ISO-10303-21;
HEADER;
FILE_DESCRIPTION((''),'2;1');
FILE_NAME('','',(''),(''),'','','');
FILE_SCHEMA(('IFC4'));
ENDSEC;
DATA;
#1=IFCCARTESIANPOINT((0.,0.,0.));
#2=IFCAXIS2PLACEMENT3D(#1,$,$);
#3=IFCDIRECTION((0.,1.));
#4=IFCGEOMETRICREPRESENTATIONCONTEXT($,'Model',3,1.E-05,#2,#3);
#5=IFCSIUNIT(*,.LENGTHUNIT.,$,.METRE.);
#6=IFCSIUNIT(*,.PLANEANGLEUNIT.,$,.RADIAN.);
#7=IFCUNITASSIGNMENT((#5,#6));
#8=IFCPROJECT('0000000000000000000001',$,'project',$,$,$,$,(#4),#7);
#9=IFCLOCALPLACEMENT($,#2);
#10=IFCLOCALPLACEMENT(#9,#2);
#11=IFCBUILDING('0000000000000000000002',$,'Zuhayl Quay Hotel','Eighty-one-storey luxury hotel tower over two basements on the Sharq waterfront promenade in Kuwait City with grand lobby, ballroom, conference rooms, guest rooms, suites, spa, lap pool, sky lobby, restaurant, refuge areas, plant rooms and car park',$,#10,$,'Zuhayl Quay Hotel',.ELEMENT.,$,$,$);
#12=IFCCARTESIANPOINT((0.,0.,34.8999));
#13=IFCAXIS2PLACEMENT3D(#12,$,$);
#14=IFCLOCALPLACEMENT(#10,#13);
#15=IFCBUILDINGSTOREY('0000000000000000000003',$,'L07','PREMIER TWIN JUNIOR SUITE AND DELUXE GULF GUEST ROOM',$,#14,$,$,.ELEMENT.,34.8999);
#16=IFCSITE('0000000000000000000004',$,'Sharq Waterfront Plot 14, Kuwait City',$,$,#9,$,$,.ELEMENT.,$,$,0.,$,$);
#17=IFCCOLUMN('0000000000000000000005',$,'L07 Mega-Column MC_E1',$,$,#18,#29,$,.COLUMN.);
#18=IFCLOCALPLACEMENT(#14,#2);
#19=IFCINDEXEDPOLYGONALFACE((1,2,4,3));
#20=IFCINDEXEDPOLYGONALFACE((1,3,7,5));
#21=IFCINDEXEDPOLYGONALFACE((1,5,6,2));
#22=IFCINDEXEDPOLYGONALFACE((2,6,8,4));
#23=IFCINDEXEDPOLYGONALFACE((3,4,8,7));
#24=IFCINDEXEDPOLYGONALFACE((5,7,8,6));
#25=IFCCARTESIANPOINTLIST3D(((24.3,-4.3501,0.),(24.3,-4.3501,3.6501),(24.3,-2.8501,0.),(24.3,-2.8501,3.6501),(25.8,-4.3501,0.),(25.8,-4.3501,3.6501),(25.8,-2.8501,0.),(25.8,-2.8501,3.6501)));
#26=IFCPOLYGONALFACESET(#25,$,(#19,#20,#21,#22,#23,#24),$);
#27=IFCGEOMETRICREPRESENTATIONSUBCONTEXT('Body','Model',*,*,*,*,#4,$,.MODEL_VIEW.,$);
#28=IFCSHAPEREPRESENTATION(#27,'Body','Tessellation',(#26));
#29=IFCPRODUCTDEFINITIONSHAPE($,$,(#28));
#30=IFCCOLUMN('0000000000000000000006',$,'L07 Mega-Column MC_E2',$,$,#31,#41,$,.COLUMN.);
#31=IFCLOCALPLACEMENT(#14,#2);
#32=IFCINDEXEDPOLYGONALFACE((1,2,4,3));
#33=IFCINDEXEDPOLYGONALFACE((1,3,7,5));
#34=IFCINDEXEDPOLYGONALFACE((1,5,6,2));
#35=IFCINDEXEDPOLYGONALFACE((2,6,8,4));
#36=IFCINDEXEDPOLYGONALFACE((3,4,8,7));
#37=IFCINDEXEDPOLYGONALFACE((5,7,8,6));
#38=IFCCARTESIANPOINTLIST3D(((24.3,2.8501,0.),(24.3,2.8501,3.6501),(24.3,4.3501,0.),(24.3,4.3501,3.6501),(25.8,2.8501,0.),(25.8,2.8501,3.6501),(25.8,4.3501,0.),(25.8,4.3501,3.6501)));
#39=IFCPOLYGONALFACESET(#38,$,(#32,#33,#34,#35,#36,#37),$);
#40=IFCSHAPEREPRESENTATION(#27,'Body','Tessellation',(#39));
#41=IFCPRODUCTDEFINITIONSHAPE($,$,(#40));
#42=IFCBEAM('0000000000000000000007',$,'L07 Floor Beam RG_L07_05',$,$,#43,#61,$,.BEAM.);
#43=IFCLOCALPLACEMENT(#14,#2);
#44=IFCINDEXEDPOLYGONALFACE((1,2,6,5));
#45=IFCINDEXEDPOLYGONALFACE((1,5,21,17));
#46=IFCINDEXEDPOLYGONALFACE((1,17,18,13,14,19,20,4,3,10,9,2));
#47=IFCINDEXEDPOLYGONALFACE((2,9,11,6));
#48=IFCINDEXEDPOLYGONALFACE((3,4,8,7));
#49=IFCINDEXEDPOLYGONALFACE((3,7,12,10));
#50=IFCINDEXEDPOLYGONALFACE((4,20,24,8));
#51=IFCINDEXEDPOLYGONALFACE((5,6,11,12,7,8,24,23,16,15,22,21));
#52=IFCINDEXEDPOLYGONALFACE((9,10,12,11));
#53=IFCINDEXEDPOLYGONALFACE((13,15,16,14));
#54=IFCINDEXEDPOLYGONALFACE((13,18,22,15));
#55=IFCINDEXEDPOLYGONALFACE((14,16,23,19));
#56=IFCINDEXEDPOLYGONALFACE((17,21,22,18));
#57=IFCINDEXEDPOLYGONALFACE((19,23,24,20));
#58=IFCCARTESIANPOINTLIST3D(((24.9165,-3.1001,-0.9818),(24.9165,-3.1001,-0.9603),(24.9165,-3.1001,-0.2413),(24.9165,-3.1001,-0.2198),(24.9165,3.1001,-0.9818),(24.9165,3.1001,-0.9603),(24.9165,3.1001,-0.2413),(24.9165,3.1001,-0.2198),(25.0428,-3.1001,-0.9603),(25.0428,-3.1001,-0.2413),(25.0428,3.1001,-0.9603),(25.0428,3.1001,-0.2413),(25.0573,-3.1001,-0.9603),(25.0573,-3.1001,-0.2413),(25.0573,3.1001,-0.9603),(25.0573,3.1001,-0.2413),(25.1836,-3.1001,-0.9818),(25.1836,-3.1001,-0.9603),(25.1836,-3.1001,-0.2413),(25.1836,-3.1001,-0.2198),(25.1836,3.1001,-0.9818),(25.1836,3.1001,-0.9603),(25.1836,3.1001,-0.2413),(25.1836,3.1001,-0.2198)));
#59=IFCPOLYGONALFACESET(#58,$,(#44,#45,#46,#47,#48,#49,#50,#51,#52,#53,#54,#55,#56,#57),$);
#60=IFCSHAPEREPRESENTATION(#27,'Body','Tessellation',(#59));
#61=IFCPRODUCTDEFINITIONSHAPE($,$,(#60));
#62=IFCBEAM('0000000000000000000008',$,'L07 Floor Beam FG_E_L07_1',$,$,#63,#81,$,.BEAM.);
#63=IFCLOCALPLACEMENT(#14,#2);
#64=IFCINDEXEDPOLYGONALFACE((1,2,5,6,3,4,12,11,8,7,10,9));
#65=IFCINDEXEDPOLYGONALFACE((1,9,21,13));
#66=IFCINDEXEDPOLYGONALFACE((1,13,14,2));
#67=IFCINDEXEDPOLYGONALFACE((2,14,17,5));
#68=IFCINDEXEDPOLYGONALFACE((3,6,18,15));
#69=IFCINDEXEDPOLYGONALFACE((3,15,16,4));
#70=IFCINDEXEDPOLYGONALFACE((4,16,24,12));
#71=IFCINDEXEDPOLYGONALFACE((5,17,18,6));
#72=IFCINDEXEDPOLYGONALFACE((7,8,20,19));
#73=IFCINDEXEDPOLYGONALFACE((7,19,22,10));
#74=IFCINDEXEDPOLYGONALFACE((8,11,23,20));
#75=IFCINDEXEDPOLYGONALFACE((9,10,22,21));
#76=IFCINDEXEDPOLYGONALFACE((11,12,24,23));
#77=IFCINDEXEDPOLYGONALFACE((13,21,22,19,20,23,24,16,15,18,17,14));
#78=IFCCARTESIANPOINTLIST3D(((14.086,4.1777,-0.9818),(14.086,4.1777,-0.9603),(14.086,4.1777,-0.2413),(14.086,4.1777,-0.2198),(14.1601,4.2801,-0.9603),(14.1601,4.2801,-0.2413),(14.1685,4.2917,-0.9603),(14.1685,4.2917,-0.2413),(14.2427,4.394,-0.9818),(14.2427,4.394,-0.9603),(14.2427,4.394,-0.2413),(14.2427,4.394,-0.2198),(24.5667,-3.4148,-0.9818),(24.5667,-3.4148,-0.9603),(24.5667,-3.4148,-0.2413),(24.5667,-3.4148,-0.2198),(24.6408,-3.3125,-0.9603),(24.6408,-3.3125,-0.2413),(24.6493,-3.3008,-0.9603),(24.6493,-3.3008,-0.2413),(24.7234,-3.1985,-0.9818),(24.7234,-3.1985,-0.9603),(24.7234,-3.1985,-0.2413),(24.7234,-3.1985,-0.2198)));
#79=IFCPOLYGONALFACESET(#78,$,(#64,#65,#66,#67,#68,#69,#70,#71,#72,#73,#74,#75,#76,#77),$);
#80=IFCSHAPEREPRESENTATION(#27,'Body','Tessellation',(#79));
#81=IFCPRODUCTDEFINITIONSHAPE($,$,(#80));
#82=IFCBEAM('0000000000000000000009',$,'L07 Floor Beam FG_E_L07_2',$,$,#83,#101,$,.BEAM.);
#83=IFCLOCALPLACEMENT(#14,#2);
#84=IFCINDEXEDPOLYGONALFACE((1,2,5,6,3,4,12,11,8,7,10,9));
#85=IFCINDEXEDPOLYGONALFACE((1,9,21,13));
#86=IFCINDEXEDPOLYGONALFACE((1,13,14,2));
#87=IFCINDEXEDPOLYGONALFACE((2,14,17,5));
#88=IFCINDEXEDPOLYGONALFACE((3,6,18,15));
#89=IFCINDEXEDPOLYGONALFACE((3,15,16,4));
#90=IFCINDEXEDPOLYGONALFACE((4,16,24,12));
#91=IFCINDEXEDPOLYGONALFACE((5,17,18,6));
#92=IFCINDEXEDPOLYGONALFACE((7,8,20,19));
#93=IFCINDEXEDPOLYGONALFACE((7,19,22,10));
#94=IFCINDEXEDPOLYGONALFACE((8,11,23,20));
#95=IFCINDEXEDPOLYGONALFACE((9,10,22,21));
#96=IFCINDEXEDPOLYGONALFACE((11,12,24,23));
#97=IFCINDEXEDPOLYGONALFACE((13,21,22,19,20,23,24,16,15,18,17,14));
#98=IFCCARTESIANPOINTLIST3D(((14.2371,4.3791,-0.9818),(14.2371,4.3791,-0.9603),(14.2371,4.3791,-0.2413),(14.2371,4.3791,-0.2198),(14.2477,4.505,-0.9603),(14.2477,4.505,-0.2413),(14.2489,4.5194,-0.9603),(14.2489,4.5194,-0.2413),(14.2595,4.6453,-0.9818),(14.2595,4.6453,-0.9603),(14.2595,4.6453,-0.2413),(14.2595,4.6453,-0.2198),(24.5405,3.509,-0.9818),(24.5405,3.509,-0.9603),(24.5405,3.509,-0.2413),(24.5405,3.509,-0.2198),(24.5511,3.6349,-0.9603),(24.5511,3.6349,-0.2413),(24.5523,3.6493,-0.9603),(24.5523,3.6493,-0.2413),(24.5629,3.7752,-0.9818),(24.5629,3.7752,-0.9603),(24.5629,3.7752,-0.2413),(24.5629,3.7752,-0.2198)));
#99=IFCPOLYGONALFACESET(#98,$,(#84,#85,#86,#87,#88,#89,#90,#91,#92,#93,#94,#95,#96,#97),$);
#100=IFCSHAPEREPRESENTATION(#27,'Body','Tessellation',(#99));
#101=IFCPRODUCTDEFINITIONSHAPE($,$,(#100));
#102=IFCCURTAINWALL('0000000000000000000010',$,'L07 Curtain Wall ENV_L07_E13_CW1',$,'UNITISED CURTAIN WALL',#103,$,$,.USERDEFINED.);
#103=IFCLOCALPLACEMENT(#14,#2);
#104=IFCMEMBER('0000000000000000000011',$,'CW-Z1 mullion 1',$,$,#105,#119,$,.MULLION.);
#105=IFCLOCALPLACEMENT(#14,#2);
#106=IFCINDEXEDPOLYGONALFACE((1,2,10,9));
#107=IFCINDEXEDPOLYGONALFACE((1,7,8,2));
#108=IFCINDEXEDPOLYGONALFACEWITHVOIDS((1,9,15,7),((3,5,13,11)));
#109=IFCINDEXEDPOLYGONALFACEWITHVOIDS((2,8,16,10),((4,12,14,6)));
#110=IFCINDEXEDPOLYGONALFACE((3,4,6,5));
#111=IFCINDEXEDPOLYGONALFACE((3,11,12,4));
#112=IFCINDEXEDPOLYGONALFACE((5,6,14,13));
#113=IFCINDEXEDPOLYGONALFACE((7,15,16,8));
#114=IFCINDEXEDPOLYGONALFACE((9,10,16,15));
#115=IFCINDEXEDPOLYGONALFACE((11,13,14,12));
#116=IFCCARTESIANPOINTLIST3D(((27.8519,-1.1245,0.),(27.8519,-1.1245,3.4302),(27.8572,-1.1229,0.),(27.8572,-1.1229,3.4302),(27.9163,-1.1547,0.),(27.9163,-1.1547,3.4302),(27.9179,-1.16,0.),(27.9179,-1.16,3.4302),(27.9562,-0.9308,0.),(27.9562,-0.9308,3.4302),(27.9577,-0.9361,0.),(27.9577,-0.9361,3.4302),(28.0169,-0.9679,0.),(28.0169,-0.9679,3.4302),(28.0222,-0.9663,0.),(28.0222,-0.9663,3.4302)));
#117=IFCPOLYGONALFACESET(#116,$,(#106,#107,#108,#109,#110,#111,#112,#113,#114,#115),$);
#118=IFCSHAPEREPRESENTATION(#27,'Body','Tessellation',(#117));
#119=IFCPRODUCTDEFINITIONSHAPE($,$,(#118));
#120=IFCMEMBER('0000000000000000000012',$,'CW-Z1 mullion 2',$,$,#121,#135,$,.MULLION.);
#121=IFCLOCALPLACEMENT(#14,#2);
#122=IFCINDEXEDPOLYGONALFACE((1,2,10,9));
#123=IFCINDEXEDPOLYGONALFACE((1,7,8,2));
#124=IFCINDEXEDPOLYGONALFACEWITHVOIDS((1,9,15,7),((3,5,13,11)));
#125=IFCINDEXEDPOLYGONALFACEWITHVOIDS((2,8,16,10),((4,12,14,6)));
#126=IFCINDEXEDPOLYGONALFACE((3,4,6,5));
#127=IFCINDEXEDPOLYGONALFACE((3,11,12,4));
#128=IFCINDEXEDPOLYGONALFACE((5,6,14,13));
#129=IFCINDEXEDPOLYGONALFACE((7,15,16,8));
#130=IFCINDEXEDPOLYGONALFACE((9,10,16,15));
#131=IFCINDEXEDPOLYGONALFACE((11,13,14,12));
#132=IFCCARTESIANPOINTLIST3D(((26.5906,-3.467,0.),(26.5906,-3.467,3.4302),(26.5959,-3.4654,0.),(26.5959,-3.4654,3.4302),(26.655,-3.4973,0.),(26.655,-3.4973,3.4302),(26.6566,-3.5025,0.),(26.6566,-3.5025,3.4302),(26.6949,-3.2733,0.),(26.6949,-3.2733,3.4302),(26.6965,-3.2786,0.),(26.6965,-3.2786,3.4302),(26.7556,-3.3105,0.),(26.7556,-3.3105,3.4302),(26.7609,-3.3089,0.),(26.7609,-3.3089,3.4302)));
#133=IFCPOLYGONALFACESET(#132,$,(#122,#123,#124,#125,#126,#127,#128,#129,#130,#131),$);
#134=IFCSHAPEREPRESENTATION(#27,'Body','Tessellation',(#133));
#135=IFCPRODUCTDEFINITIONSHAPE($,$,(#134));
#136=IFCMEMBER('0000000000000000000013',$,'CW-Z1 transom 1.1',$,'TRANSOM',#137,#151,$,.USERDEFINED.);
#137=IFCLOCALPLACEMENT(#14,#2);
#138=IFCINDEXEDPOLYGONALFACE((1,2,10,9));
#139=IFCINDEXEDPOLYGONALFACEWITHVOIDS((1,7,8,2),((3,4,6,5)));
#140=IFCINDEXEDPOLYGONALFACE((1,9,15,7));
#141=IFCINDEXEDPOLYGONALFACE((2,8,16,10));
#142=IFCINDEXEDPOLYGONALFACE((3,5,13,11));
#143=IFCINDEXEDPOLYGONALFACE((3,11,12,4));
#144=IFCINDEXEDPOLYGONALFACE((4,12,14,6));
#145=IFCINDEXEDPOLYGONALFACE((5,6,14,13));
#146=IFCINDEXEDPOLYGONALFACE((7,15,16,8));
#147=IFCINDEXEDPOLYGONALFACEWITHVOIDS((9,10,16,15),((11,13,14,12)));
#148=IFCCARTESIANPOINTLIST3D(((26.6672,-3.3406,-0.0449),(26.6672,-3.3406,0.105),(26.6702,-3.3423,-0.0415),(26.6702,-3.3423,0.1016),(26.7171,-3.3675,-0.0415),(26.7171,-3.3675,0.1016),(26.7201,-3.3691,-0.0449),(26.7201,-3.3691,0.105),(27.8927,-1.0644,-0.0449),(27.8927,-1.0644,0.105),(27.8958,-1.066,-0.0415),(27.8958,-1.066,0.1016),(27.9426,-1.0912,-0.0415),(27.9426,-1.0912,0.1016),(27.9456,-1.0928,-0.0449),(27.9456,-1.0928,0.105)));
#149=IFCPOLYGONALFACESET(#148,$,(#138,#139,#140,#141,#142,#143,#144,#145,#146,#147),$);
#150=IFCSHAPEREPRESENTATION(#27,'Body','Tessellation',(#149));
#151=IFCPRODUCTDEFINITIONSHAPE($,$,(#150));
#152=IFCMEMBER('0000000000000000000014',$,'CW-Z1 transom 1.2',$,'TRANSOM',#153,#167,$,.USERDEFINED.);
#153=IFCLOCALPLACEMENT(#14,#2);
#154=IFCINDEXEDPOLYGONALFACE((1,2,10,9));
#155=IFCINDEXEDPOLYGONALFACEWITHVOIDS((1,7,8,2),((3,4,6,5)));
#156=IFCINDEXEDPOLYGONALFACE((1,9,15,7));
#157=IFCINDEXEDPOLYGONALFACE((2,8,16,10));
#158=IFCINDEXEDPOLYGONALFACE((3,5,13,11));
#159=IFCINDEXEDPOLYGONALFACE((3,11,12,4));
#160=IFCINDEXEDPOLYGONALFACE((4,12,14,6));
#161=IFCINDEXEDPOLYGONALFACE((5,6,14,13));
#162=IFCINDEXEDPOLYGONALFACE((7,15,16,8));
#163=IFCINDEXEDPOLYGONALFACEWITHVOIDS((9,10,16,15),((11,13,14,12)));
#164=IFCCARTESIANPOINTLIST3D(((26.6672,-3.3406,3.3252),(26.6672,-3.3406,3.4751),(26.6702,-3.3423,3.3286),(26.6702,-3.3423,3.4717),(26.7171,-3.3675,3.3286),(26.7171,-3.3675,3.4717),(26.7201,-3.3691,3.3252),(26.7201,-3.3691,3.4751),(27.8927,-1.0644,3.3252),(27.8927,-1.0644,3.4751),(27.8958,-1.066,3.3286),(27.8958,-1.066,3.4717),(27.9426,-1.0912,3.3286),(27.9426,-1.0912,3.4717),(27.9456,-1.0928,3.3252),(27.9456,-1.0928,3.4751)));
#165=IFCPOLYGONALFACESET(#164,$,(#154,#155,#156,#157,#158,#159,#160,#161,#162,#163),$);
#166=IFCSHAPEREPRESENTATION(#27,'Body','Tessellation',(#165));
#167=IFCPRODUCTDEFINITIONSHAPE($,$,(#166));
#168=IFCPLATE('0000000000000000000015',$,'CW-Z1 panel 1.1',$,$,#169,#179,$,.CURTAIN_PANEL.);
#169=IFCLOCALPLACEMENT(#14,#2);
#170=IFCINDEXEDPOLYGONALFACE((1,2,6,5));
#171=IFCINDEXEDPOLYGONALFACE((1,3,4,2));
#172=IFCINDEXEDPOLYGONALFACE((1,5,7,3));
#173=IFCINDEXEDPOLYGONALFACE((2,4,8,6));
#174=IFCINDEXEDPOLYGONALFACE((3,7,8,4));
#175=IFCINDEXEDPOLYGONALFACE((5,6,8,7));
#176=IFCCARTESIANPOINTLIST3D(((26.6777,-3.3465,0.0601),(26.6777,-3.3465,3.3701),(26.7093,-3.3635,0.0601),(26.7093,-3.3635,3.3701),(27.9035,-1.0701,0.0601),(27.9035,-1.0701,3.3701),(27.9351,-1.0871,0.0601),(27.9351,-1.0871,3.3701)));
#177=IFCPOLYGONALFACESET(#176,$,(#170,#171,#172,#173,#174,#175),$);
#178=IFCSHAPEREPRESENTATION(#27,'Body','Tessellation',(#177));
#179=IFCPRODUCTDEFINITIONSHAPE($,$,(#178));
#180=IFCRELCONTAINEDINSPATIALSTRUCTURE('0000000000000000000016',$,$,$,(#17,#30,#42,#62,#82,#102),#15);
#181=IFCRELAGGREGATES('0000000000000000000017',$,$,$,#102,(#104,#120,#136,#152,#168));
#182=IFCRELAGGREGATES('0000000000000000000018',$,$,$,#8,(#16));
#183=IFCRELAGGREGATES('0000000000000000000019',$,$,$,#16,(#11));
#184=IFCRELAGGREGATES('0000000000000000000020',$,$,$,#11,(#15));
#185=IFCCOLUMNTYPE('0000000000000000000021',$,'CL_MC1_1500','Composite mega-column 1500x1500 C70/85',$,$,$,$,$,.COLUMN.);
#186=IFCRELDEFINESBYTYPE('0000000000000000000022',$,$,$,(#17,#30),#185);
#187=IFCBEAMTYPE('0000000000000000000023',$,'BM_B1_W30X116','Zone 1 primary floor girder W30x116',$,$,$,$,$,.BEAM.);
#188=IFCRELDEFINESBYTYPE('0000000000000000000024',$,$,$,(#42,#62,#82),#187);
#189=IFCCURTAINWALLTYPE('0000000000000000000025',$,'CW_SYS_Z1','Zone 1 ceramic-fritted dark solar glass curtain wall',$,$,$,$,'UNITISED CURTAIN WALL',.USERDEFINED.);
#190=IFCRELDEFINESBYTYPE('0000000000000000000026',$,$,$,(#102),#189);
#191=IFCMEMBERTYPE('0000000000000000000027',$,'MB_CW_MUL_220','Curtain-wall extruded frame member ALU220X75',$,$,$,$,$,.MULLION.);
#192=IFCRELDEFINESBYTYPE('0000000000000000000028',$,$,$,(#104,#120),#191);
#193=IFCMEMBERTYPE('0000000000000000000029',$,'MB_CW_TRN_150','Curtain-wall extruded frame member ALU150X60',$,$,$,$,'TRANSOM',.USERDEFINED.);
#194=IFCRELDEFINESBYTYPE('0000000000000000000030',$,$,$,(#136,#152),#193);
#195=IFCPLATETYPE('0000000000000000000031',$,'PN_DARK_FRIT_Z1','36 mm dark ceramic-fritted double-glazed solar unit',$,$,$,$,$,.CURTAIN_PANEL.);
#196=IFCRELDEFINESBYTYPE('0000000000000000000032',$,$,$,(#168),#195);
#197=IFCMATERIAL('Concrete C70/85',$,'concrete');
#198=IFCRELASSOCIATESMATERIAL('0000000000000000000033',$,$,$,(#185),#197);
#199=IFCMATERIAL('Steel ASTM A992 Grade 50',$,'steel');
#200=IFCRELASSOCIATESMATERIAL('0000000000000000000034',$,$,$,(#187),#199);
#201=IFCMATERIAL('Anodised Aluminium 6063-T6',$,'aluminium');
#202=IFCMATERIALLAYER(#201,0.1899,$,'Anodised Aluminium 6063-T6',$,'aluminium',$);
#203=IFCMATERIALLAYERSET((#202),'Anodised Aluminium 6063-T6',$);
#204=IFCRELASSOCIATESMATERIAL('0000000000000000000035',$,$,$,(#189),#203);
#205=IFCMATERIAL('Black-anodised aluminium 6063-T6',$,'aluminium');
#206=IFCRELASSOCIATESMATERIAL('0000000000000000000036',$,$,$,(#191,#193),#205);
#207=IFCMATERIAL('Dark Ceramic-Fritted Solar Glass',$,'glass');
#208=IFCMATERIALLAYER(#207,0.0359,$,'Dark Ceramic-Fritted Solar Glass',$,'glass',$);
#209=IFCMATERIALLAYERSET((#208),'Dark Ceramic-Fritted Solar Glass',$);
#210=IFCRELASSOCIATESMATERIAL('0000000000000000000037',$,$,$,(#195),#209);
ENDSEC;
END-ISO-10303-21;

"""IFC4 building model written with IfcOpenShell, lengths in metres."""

from ifc_helpers import new_model, si_unit, direction, frame, origin, origin_2d, place, context, subcontext, project, spatial, rectangle, hollow_rectangle, i_section, extrude, material, layer, layer_set, material_profile, profile_set, type_object, element, aggregate, save


model = new_model("IFC4")

# Units and contexts
model_context = context("Model", 3, precision=1e-05, world=origin(), true_north=direction((0.0, 1.0)))
body_context = subcontext(model_context, "Body", "Model", "MODEL_VIEW")
ifc_project = project(units=[si_unit("LENGTHUNIT", "METRE"), si_unit("PLANEANGLEUNIT", "RADIAN")], contexts=[model_context])

# Site, building, storey
site_placement = place(None, origin())
site = spatial("IfcSite", under=ifc_project, at=site_placement, Name="Sharq Waterfront Plot 14, Kuwait City", CompositionType="ELEMENT", RefElevation=0.0)
building_placement = place(site_placement, origin())
building = spatial("IfcBuilding", under=site, at=building_placement, Name="Zuhayl Quay Hotel", Description="Eighty-one-storey luxury hotel tower over two basements on the Sharq waterfront promenade in Kuwait City with grand lobby, ballroom, conference rooms, guest rooms, suites, spa, lap pool, sky lobby, restaurant, refuge areas, plant rooms and car park", LongName="Zuhayl Quay Hotel", CompositionType="ELEMENT")
storey_placement = place(building_placement, frame((0.0, 0.0, 34.8999)))
storey = spatial("IfcBuildingStorey", under=building, at=storey_placement, Name="L07", Description="PREMIER TWIN JUNIOR SUITE AND DELUXE GULF GUEST ROOM", CompositionType="ELEMENT", Elevation=34.8999)

# Columns
ifc_material_1 = material(Name="Concrete C70/85", Category="concrete")
ifc_material_profile_1 = material_profile(ifc_material_1, rectangle(XDim=1.5, YDim=1.5, at=origin_2d()), Name="RC1500X1500")
ifc_profile_set_1 = profile_set([ifc_material_profile_1], Name="Concrete C70/85")
column_type = type_object("IfcColumnType", Name="CL_MC1_1500", Description="Composite mega-column 1500x1500 C70/85", PredefinedType="COLUMN", material=ifc_profile_set_1)
for number, where, z_axis, x_axis, name in (
    (1, (25.05, -3.6001, 0.0), (0.0, 0.0, 1.0), (1.0, 0.0, 0.0), "L07 Mega-Column MC_E1"),
    (2, (25.05, 3.6001, 0.0), (0.0, 0.0, 1.0), (1.0, 0.0, 0.0), "L07 Mega-Column MC_E2"),
):
    element("IfcColumn", number, at=place(storey_placement, frame(where, z_axis=z_axis, x_axis=x_axis)), inside=storey, type_object=column_type, Name=name, PredefinedType="COLUMN", context=body_context, shape_type="SweptSolid", body=[
        extrude(rectangle(XDim=1.5, YDim=1.5, at=origin_2d()), origin(), (0.0, 0.0, 1.0), 3.6501),
    ])

# Beams
ifc_material_2 = material(Name="Steel ASTM A992 Grade 50", Category="steel")
ifc_material_profile_2 = material_profile(ifc_material_2, i_section(OverallWidth=0.2671, OverallDepth=0.762, WebThickness=0.0144, FlangeThickness=0.0215, at=origin_2d()), Name="W30X116")
ifc_profile_set_2 = profile_set([ifc_material_profile_2], Name="Steel ASTM A992 Grade 50")
beam_type = type_object("IfcBeamType", Name="BM_B1_W30X116", Description="Zone 1 primary floor girder W30x116", PredefinedType="BEAM", material=ifc_profile_set_2)
beam_1_placement = place(storey_placement, frame((25.05, -3.1001, -0.6008), z_axis=(0.0, 1.0, 0.0), x_axis=(-1.0, 0.0, 0.0)))
element("IfcBeam", 3, at=beam_1_placement, inside=storey, type_object=beam_type, Name="L07 Floor Beam RG_L07_05", PredefinedType="BEAM", context=body_context, shape_type="SweptSolid", body=[
    extrude(i_section(OverallWidth=0.2671, OverallDepth=0.762, WebThickness=0.0144, FlangeThickness=0.0215, at=origin_2d()), origin(), (0.0, 0.0, 1.0), 6.2002),
])
beam_2_placement = place(storey_placement, frame((14.1643, 4.2859, -0.6008), z_axis=(0.80983, -0.586664, 0.0), x_axis=(0.586664, 0.80983, 0.0)))
element("IfcBeam", 4, at=beam_2_placement, inside=storey, type_object=beam_type, Name="L07 Floor Beam FG_E_L07_1", PredefinedType="BEAM", context=body_context, shape_type="SweptSolid", body=[
    extrude(i_section(OverallWidth=0.2671, OverallDepth=0.762, WebThickness=0.0144, FlangeThickness=0.0215, at=origin_2d()), origin(), (0.0, 0.0, 1.0), 12.9419),
])
beam_3_placement = place(storey_placement, frame((14.2483, 4.5122, -0.6008), z_axis=(0.996453, -0.084149, 0.0), x_axis=(0.084149, 0.996453, 0.0)))
element("IfcBeam", 5, at=beam_3_placement, inside=storey, type_object=beam_type, Name="L07 Floor Beam FG_E_L07_2", PredefinedType="BEAM", context=body_context, shape_type="SweptSolid", body=[
    extrude(i_section(OverallWidth=0.2671, OverallDepth=0.762, WebThickness=0.0144, FlangeThickness=0.0215, at=origin_2d()), origin(), (0.0, 0.0, 1.0), 10.3401),
])

# Curtain wall, members, plate
ifc_material_3 = material(Name="Anodised Aluminium 6063-T6", Category="aluminium")
ifc_layer_1 = layer(ifc_material_3, 0.1899, Name="Anodised Aluminium 6063-T6", Category="aluminium")
ifc_layer_set_1 = layer_set([ifc_layer_1], Name="Anodised Aluminium 6063-T6")
curtain_wall_type = type_object("IfcCurtainWallType", Name="CW_SYS_Z1", Description="Zone 1 ceramic-fritted dark solar glass curtain wall", ElementType="UNITISED CURTAIN WALL", PredefinedType="USERDEFINED", material=ifc_layer_set_1)
curtain_wall_placement = place(storey_placement, origin())
curtain_wall = element("IfcCurtainWall", 6, at=curtain_wall_placement, inside=storey, type_object=curtain_wall_type, Name="L07 Curtain Wall ENV_L07_E13_CW1", ObjectType="UNITISED CURTAIN WALL", PredefinedType="USERDEFINED")
ifc_material_4 = material(Name="Black-anodised aluminium 6063-T6", Category="aluminium")
ifc_material_profile_3 = material_profile(ifc_material_4, hollow_rectangle(XDim=0.075, YDim=0.22, WallThickness=0.0039, at=origin_2d()), Name="ALU220X75")
ifc_profile_set_3 = profile_set([ifc_material_profile_3], Name="Black-anodised aluminium 6063-T6")
member_type_1 = type_object("IfcMemberType", Name="MB_CW_MUL_220", Description="Curtain-wall extruded frame member ALU220X75", PredefinedType="MULLION", material=ifc_profile_set_3)
member_1_placement = place(storey_placement, frame((27.937, -1.0454, 0.0), z_axis=(0.0, 0.0, 1.0), x_axis=(0.880476, -0.474091, 0.0)))
member_1 = element("IfcMember", 7, at=member_1_placement, type_object=member_type_1, Name="CW-Z1 mullion 1", PredefinedType="MULLION", context=body_context, shape_type="SweptSolid", body=[
    extrude(hollow_rectangle(XDim=0.075, YDim=0.22, WallThickness=0.0039, at=origin_2d()), origin(), (0.0, 0.0, 1.0), 3.4302),
])
member_2_placement = place(storey_placement, frame((26.6758, -3.3879, 0.0), z_axis=(0.0, 0.0, 1.0), x_axis=(0.880476, -0.474091, 0.0)))
member_2 = element("IfcMember", 8, at=member_2_placement, type_object=member_type_1, Name="CW-Z1 mullion 2", PredefinedType="MULLION", context=body_context, shape_type="SweptSolid", body=[
    extrude(hollow_rectangle(XDim=0.075, YDim=0.22, WallThickness=0.0039, at=origin_2d()), origin(), (0.0, 0.0, 1.0), 3.4302),
])
ifc_material_profile_4 = material_profile(ifc_material_4, hollow_rectangle(XDim=0.0601, YDim=0.1499, WallThickness=0.0034, at=origin_2d()), Name="ALU150X60")
ifc_profile_set_4 = profile_set([ifc_material_profile_4], Name="Black-anodised aluminium 6063-T6")
member_type_2 = type_object("IfcMemberType", Name="MB_CW_TRN_150", Description="Curtain-wall extruded frame member ALU150X60", ElementType="TRANSOM", PredefinedType="USERDEFINED", material=ifc_profile_set_4)
member_3_placement = place(storey_placement, frame((27.9192, -1.0786, 0.03), z_axis=(-0.474055, -0.880495, 0.0), x_axis=(0.880495, -0.474055, 0.0)))
member_3 = element("IfcMember", 9, at=member_3_placement, type_object=member_type_2, Name="CW-Z1 transom 1.1", ObjectType="TRANSOM", PredefinedType="USERDEFINED", context=body_context, shape_type="SweptSolid", body=[
    extrude(hollow_rectangle(XDim=0.0601, YDim=0.1499, WallThickness=0.0034, at=origin_2d()), origin(), (0.0, 0.0, 1.0), 2.5852),
])
member_4_placement = place(storey_placement, frame((27.9192, -1.0786, 3.4001), z_axis=(-0.474055, -0.880495, 0.0), x_axis=(0.880495, -0.474055, 0.0)))
member_4 = element("IfcMember", 10, at=member_4_placement, type_object=member_type_2, Name="CW-Z1 transom 1.2", ObjectType="TRANSOM", PredefinedType="USERDEFINED", context=body_context, shape_type="SweptSolid", body=[
    extrude(hollow_rectangle(XDim=0.0601, YDim=0.1499, WallThickness=0.0034, at=origin_2d()), origin(), (0.0, 0.0, 1.0), 2.5852),
])
ifc_material_5 = material(Name="Dark Ceramic-Fritted Solar Glass", Category="glass")
ifc_layer_2 = layer(ifc_material_5, 0.0359, Name="Dark Ceramic-Fritted Solar Glass", Category="glass")
ifc_layer_set_2 = layer_set([ifc_layer_2], Name="Dark Ceramic-Fritted Solar Glass")
plate_type = type_object("IfcPlateType", Name="PN_DARK_FRIT_Z1", Description="36 mm dark ceramic-fritted double-glazed solar unit", PredefinedType="CURTAIN_PANEL", material=ifc_layer_set_2)
plate_placement = place(storey_placement, frame((27.3064, -2.2168, 0.0601), z_axis=(0.0, 0.0, 1.0), x_axis=(-0.474091, -0.880476, 0.0)))
plate = element("IfcPlate", 11, at=plate_placement, type_object=plate_type, Name="CW-Z1 panel 1.1", PredefinedType="CURTAIN_PANEL", context=body_context, shape_type="SweptSolid", body=[
    extrude(rectangle(XDim=2.5854, YDim=0.0359, at=origin_2d()), origin(), (0.0, 0.0, 1.0), 3.3101),
])
aggregate(curtain_wall, [member_1, member_2, member_3, member_4, plate])

save(model, "model.ifc")
